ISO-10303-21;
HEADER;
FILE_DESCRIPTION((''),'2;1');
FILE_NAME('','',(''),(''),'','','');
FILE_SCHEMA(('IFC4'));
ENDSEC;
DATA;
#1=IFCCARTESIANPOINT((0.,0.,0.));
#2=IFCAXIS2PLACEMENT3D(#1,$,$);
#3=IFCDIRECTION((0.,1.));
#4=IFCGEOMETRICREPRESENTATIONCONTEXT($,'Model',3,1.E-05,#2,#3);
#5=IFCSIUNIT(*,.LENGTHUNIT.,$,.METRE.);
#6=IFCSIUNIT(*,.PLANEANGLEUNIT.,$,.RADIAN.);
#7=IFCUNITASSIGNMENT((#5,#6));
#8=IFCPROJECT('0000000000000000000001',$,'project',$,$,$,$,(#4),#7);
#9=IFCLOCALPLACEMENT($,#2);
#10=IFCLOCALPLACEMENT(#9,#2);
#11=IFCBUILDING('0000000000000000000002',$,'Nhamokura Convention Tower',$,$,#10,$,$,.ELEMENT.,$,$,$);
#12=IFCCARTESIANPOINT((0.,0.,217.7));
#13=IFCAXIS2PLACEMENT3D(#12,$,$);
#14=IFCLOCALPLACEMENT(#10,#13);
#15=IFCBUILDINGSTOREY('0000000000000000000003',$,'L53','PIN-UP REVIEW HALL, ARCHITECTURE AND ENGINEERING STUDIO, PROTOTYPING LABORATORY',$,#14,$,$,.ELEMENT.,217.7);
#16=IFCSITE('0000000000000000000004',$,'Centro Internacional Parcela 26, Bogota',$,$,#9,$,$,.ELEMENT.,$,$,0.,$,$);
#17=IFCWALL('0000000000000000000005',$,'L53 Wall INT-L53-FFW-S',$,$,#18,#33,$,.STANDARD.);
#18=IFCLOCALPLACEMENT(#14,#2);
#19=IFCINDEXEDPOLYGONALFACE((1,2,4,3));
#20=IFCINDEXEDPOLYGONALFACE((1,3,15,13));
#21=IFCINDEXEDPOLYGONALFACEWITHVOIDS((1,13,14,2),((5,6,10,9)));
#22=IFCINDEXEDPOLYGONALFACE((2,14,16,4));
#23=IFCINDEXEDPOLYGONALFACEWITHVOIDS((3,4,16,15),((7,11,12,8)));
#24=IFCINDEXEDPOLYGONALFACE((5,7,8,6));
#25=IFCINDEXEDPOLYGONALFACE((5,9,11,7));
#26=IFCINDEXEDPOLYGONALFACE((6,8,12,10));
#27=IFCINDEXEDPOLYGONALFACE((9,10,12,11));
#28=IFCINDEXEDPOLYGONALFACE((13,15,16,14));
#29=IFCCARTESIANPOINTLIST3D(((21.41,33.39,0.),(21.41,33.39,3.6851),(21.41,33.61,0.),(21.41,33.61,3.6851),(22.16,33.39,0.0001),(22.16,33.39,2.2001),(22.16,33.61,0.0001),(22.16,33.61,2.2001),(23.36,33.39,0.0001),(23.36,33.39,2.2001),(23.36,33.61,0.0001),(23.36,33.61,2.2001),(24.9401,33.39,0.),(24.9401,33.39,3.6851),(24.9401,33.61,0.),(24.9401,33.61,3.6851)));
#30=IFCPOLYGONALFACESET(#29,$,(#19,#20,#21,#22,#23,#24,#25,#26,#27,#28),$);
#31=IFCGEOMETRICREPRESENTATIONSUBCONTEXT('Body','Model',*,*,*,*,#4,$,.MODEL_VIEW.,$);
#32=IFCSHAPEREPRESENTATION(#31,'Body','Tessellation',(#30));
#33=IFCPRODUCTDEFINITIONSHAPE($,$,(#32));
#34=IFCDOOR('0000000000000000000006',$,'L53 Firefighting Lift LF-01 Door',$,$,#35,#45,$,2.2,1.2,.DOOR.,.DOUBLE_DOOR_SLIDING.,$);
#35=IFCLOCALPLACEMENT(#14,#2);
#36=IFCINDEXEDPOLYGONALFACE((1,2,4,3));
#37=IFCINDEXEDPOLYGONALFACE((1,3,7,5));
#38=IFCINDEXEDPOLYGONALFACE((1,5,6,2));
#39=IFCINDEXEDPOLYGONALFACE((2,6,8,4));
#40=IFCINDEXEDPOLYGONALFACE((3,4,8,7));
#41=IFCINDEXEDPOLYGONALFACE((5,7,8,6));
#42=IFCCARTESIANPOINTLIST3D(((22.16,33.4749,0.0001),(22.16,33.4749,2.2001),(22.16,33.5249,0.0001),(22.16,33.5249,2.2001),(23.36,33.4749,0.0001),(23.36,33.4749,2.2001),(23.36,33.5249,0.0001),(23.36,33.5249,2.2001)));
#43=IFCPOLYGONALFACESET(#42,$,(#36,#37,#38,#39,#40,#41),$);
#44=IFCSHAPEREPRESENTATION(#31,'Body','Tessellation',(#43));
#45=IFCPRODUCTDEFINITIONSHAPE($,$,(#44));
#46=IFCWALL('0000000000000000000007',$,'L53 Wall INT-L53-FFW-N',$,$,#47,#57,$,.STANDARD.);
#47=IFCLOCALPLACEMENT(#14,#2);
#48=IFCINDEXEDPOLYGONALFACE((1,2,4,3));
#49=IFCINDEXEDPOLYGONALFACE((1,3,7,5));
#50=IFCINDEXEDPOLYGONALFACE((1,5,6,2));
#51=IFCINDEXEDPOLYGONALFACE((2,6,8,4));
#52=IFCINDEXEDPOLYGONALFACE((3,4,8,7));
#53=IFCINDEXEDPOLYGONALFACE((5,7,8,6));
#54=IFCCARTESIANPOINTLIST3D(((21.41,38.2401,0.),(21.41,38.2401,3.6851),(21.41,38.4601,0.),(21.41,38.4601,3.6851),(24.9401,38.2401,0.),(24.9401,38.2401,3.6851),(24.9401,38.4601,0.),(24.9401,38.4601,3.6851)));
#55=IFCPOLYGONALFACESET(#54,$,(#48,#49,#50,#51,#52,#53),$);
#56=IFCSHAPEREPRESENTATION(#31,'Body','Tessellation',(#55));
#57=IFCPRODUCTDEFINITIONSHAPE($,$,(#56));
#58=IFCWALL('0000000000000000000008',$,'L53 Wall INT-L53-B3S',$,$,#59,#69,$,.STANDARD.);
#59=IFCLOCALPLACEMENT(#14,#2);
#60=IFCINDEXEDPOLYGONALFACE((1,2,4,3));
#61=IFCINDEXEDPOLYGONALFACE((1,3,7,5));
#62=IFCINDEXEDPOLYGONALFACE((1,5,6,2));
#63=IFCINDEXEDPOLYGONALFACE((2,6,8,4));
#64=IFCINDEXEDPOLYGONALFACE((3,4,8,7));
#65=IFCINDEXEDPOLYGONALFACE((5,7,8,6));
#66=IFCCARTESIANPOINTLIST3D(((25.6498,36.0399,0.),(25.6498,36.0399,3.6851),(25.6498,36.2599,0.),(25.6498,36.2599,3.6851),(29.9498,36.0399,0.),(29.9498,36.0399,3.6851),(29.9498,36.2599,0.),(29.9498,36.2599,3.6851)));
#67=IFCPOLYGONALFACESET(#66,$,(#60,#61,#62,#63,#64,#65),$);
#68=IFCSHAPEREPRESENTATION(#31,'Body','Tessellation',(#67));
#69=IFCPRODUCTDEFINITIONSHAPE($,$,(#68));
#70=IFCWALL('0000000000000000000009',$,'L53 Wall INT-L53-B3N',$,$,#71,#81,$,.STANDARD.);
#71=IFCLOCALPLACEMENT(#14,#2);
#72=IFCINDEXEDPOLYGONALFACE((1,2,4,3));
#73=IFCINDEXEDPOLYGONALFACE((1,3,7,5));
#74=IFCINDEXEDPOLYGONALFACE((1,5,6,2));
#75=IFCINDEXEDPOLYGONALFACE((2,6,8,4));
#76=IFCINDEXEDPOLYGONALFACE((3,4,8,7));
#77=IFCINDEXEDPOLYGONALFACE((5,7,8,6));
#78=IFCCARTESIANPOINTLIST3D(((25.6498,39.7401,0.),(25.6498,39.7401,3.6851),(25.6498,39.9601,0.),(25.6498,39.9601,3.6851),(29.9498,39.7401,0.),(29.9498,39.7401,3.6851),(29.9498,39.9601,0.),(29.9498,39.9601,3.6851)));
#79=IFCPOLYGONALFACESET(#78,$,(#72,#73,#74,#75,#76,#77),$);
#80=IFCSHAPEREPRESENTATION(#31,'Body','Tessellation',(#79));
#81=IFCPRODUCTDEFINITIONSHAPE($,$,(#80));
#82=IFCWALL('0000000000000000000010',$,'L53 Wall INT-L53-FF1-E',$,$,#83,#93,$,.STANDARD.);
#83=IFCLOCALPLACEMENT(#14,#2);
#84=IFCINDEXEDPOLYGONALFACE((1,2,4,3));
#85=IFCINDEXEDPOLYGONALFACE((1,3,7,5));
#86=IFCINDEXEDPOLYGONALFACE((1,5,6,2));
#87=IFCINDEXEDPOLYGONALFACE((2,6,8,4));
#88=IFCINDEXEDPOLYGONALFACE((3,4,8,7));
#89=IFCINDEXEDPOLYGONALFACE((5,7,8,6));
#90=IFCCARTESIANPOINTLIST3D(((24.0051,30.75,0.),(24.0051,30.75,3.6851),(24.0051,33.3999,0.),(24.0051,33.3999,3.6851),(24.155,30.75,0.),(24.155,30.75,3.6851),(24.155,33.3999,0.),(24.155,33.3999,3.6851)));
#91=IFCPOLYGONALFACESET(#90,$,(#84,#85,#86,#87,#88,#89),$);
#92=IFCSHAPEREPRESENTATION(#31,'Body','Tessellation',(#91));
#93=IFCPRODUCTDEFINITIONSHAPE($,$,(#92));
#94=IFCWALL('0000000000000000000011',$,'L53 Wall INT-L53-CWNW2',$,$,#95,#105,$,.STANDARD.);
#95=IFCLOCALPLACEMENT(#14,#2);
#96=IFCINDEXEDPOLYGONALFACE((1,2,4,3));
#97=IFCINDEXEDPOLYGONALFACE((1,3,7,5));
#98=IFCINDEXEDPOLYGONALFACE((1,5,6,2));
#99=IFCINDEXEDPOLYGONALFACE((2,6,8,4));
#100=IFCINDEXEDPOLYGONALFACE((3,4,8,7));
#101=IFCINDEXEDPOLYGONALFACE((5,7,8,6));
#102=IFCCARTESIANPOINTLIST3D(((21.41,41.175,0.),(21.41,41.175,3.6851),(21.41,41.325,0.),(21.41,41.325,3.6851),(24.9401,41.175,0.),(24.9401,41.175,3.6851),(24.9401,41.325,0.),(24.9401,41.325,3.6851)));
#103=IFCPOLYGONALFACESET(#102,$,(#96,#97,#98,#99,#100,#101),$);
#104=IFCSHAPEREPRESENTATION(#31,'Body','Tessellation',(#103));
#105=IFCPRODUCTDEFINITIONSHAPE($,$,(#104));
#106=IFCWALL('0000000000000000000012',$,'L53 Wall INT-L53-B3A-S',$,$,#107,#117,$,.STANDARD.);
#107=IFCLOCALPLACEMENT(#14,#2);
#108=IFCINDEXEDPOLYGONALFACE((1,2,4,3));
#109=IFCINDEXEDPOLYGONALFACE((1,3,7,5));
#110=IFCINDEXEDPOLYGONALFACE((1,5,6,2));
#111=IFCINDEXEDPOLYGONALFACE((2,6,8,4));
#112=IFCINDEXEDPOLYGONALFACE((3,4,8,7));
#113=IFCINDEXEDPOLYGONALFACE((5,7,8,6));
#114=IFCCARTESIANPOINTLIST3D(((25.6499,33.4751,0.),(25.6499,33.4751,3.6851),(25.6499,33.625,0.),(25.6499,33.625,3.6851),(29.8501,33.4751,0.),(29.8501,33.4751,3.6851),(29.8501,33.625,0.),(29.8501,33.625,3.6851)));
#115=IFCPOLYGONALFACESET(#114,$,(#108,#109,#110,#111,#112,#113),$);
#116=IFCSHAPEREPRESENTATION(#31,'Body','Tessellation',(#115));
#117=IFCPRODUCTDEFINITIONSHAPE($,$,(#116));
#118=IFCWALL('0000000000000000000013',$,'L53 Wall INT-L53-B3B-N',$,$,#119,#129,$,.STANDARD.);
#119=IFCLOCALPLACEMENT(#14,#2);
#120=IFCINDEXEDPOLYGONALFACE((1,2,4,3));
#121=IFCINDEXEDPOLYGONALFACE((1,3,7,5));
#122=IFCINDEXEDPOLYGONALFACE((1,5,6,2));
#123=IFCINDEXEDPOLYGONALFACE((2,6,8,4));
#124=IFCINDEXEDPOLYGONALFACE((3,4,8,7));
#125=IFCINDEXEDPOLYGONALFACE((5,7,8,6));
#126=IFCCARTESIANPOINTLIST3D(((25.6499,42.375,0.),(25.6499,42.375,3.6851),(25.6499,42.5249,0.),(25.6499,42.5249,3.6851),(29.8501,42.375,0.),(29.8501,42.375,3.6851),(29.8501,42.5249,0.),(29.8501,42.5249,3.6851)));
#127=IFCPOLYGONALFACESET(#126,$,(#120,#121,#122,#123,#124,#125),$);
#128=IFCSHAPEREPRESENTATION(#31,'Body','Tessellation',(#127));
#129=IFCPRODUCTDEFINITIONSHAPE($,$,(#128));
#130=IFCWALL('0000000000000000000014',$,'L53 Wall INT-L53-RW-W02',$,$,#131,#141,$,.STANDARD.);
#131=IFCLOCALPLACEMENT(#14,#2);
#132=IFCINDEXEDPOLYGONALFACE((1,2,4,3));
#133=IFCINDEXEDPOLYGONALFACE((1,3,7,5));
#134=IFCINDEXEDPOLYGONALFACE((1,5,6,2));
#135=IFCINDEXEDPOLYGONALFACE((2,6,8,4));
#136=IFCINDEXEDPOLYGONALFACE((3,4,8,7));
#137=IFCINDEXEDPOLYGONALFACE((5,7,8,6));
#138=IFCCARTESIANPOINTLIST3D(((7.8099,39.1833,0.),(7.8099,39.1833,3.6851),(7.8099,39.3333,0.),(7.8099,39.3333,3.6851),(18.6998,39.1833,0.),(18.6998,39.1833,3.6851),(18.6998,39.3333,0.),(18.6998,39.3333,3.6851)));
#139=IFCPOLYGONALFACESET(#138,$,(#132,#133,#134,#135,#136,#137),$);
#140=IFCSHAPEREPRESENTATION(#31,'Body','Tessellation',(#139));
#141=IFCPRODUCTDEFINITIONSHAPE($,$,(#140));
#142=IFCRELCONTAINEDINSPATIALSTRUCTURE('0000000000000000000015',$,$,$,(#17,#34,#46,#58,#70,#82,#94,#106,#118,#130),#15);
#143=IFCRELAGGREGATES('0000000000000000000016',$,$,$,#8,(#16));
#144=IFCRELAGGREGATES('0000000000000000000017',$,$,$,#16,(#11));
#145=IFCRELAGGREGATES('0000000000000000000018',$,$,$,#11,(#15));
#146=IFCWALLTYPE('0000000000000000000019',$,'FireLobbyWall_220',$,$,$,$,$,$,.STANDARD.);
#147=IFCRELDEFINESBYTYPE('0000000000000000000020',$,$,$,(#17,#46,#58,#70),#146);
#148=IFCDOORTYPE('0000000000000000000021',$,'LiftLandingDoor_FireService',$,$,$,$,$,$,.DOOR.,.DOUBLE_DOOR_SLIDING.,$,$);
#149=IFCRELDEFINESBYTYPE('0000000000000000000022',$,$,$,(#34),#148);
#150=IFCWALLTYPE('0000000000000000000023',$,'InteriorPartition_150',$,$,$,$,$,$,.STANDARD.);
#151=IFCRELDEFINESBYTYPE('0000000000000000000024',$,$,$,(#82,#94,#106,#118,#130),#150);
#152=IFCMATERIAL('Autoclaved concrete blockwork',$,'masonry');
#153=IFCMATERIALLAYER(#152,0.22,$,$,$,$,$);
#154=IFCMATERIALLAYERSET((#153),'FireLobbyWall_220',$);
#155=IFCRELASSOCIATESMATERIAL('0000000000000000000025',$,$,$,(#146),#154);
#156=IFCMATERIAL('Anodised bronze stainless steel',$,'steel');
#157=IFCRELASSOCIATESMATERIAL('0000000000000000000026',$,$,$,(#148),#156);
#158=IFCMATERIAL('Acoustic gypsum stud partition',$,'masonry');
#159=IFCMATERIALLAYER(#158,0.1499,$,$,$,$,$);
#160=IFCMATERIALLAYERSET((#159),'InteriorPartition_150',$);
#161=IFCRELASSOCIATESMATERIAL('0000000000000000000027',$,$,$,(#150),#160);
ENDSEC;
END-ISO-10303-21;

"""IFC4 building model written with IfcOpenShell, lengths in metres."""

from ifc_helpers import new_model, si_unit, direction, frame, frame_2d, origin, place, context, subcontext, project, spatial, rectangle, extrude, material, layer, layer_set, type_object, element, fill, save


model = new_model("IFC4")

# Units and contexts
model_context = context("Model", 3, precision=1e-05, world=origin(), true_north=direction((0.0, 1.0)))
body_context = subcontext(model_context, "Body", "Model", "MODEL_VIEW")
ifc_project = project(units=[si_unit("LENGTHUNIT", "METRE"), si_unit("PLANEANGLEUNIT", "RADIAN")], contexts=[model_context])

# Site, building, storey
site_placement = place(None, origin())
site = spatial("IfcSite", under=ifc_project, at=site_placement, Name="Centro Internacional Parcela 26, Bogota", CompositionType="ELEMENT", RefElevation=0.0)
building_placement = place(site_placement, origin())
building = spatial("IfcBuilding", under=site, at=building_placement, Name="Nhamokura Convention Tower", CompositionType="ELEMENT")
storey_placement = place(building_placement, frame((0.0, 0.0, 217.7)))
storey = spatial("IfcBuildingStorey", under=building, at=storey_placement, Name="L53", Description="PIN-UP REVIEW HALL, ARCHITECTURE AND ENGINEERING STUDIO, PROTOTYPING LABORATORY", CompositionType="ELEMENT", Elevation=217.7)

# Wall, opening, door
ifc_material_1 = material(Name="Autoclaved concrete blockwork", Category="masonry")
ifc_layer_1 = layer(ifc_material_1, 0.22)
ifc_layer_set_1 = layer_set([ifc_layer_1], Name="FireLobbyWall_220")
wall_type_1 = type_object("IfcWallType", Name="FireLobbyWall_220", PredefinedType="STANDARD", material=ifc_layer_set_1)
wall_1_placement = place(storey_placement, frame((21.4099, 33.5, 0.0), z_axis=(0.0, 0.0, 1.0), x_axis=(1.0, 0.0, 0.0)))
wall_1 = element("IfcWall", 1, at=wall_1_placement, inside=storey, type_object=wall_type_1, Name="L53 Wall INT-L53-FFW-S", PredefinedType="STANDARD", context=body_context, shape_type="SweptSolid", body=[
    extrude(rectangle(XDim=3.53, YDim=0.22, at=frame_2d((1.7651, 0.0))), origin(), (0.0, 0.0, 1.0), 3.6851),
])
opening_1_placement = place(wall_1_placement, frame((0.75, 0.0, 0.0)))
opening_1 = element("IfcOpeningElement", 2, at=opening_1_placement, cuts=wall_1, PredefinedType="OPENING", context=body_context, shape_type="SweptSolid", body=[
    extrude(rectangle(XDim=1.2, YDim=2.2, at=frame_2d((0.6001, 1.1001))), frame((0.0, 0.1199, 0.0), z_axis=(0.0, -1.0, 0.0), x_axis=(1.0, 0.0, 0.0)), (0.0, 0.0, 1.0), 0.24),
])
ifc_material_2 = material(Name="Anodised bronze stainless steel", Category="steel")
door_type_1 = type_object("IfcDoorType", Name="LiftLandingDoor_FireService", OperationType="DOUBLE_DOOR_SLIDING", PredefinedType="DOOR", material=ifc_material_2)
door_1_placement = place(opening_1_placement, origin())
door_1 = element("IfcDoor", 3, at=door_1_placement, inside=storey, type_object=door_type_1, Name="L53 Firefighting Lift LF-01 Door", OperationType="DOUBLE_DOOR_SLIDING", OverallHeight=2.2, OverallWidth=1.2, PredefinedType="DOOR", context=body_context, shape_type="SweptSolid", body=[
    extrude(rectangle(XDim=1.2, YDim=2.2, at=frame_2d((0.6001, 1.1001))), frame((0.0, 0.0249, 0.0), z_axis=(0.0, -1.0, 0.0), x_axis=(1.0, 0.0, 0.0)), (0.0, 0.0, 1.0), 0.05),
])
fill(opening_1, door_1)

# Walls
wall_2_placement = place(storey_placement, frame((21.4099, 38.3501, 0.0), z_axis=(0.0, 0.0, 1.0), x_axis=(1.0, 0.0, 0.0)))
element("IfcWall", 4, at=wall_2_placement, inside=storey, type_object=wall_type_1, Name="L53 Wall INT-L53-FFW-N", PredefinedType="STANDARD", context=body_context, shape_type="SweptSolid", body=[
    extrude(rectangle(XDim=3.53, YDim=0.22, at=frame_2d((1.7651, 0.0))), origin(), (0.0, 0.0, 1.0), 3.6851),
])
for number, where, z_axis, x_axis, name in (
    (5, (25.6499, 36.1499, 0.0), (0.0, 0.0, 1.0), (1.0, 0.0, 0.0), "L53 Wall INT-L53-B3S"),
    (6, (25.6499, 39.8501, 0.0), (0.0, 0.0, 1.0), (1.0, 0.0, 0.0), "L53 Wall INT-L53-B3N"),
):
    element("IfcWall", number, at=place(storey_placement, frame(where, z_axis=z_axis, x_axis=x_axis)), inside=storey, type_object=wall_type_1, Name=name, PredefinedType="STANDARD", context=body_context, shape_type="SweptSolid", body=[
        extrude(rectangle(XDim=4.3, YDim=0.22, at=frame_2d((2.1499, 0.0))), origin(), (0.0, 0.0, 1.0), 3.6851),
    ])
ifc_material_3 = material(Name="Acoustic gypsum stud partition", Category="masonry")
ifc_layer_2 = layer(ifc_material_3, 0.1499)
ifc_layer_set_2 = layer_set([ifc_layer_2], Name="InteriorPartition_150")
wall_type_2 = type_object("IfcWallType", Name="InteriorPartition_150", PredefinedType="STANDARD", material=ifc_layer_set_2)
wall_3_placement = place(storey_placement, frame((24.0801, 30.75, 0.0), z_axis=(0.0, 0.0, 1.0), x_axis=(0.0, 1.0, 0.0)))
element("IfcWall", 7, at=wall_3_placement, inside=storey, type_object=wall_type_2, Name="L53 Wall INT-L53-FF1-E", PredefinedType="STANDARD", context=body_context, shape_type="SweptSolid", body=[
    extrude(rectangle(XDim=2.6499, YDim=0.1499, at=frame_2d((1.325, 0.0))), origin(), (0.0, 0.0, 1.0), 3.6851),
])
wall_4_placement = place(storey_placement, frame((21.4099, 41.25, 0.0), z_axis=(0.0, 0.0, 1.0), x_axis=(1.0, 0.0, 0.0)))
element("IfcWall", 8, at=wall_4_placement, inside=storey, type_object=wall_type_2, Name="L53 Wall INT-L53-CWNW2", PredefinedType="STANDARD", context=body_context, shape_type="SweptSolid", body=[
    extrude(rectangle(XDim=3.53, YDim=0.1499, at=frame_2d((1.7651, 0.0))), origin(), (0.0, 0.0, 1.0), 3.6851),
])
for number, where, z_axis, x_axis, name in (
    (9, (25.6499, 33.55, 0.0), (0.0, 0.0, 1.0), (1.0, 0.0, 0.0), "L53 Wall INT-L53-B3A-S"),
    (10, (25.6499, 42.45, 0.0), (0.0, 0.0, 1.0), (1.0, 0.0, 0.0), "L53 Wall INT-L53-B3B-N"),
):
    element("IfcWall", number, at=place(storey_placement, frame(where, z_axis=z_axis, x_axis=x_axis)), inside=storey, type_object=wall_type_2, Name=name, PredefinedType="STANDARD", context=body_context, shape_type="SweptSolid", body=[
        extrude(rectangle(XDim=4.2002, YDim=0.1499, at=frame_2d((2.1001, 0.0))), origin(), (0.0, 0.0, 1.0), 3.6851),
    ])
wall_5_placement = place(storey_placement, frame((7.8101, 39.2583, 0.0), z_axis=(0.0, 0.0, 1.0), x_axis=(1.0, 0.0, 0.0)))
element("IfcWall", 11, at=wall_5_placement, inside=storey, type_object=wall_type_2, Name="L53 Wall INT-L53-RW-W02", PredefinedType="STANDARD", context=body_context, shape_type="SweptSolid", body=[
    extrude(rectangle(XDim=10.8899, YDim=0.1499, at=frame_2d((5.4448, 0.0))), origin(), (0.0, 0.0, 1.0), 3.6851),
])

save(model, "model.ifc")
